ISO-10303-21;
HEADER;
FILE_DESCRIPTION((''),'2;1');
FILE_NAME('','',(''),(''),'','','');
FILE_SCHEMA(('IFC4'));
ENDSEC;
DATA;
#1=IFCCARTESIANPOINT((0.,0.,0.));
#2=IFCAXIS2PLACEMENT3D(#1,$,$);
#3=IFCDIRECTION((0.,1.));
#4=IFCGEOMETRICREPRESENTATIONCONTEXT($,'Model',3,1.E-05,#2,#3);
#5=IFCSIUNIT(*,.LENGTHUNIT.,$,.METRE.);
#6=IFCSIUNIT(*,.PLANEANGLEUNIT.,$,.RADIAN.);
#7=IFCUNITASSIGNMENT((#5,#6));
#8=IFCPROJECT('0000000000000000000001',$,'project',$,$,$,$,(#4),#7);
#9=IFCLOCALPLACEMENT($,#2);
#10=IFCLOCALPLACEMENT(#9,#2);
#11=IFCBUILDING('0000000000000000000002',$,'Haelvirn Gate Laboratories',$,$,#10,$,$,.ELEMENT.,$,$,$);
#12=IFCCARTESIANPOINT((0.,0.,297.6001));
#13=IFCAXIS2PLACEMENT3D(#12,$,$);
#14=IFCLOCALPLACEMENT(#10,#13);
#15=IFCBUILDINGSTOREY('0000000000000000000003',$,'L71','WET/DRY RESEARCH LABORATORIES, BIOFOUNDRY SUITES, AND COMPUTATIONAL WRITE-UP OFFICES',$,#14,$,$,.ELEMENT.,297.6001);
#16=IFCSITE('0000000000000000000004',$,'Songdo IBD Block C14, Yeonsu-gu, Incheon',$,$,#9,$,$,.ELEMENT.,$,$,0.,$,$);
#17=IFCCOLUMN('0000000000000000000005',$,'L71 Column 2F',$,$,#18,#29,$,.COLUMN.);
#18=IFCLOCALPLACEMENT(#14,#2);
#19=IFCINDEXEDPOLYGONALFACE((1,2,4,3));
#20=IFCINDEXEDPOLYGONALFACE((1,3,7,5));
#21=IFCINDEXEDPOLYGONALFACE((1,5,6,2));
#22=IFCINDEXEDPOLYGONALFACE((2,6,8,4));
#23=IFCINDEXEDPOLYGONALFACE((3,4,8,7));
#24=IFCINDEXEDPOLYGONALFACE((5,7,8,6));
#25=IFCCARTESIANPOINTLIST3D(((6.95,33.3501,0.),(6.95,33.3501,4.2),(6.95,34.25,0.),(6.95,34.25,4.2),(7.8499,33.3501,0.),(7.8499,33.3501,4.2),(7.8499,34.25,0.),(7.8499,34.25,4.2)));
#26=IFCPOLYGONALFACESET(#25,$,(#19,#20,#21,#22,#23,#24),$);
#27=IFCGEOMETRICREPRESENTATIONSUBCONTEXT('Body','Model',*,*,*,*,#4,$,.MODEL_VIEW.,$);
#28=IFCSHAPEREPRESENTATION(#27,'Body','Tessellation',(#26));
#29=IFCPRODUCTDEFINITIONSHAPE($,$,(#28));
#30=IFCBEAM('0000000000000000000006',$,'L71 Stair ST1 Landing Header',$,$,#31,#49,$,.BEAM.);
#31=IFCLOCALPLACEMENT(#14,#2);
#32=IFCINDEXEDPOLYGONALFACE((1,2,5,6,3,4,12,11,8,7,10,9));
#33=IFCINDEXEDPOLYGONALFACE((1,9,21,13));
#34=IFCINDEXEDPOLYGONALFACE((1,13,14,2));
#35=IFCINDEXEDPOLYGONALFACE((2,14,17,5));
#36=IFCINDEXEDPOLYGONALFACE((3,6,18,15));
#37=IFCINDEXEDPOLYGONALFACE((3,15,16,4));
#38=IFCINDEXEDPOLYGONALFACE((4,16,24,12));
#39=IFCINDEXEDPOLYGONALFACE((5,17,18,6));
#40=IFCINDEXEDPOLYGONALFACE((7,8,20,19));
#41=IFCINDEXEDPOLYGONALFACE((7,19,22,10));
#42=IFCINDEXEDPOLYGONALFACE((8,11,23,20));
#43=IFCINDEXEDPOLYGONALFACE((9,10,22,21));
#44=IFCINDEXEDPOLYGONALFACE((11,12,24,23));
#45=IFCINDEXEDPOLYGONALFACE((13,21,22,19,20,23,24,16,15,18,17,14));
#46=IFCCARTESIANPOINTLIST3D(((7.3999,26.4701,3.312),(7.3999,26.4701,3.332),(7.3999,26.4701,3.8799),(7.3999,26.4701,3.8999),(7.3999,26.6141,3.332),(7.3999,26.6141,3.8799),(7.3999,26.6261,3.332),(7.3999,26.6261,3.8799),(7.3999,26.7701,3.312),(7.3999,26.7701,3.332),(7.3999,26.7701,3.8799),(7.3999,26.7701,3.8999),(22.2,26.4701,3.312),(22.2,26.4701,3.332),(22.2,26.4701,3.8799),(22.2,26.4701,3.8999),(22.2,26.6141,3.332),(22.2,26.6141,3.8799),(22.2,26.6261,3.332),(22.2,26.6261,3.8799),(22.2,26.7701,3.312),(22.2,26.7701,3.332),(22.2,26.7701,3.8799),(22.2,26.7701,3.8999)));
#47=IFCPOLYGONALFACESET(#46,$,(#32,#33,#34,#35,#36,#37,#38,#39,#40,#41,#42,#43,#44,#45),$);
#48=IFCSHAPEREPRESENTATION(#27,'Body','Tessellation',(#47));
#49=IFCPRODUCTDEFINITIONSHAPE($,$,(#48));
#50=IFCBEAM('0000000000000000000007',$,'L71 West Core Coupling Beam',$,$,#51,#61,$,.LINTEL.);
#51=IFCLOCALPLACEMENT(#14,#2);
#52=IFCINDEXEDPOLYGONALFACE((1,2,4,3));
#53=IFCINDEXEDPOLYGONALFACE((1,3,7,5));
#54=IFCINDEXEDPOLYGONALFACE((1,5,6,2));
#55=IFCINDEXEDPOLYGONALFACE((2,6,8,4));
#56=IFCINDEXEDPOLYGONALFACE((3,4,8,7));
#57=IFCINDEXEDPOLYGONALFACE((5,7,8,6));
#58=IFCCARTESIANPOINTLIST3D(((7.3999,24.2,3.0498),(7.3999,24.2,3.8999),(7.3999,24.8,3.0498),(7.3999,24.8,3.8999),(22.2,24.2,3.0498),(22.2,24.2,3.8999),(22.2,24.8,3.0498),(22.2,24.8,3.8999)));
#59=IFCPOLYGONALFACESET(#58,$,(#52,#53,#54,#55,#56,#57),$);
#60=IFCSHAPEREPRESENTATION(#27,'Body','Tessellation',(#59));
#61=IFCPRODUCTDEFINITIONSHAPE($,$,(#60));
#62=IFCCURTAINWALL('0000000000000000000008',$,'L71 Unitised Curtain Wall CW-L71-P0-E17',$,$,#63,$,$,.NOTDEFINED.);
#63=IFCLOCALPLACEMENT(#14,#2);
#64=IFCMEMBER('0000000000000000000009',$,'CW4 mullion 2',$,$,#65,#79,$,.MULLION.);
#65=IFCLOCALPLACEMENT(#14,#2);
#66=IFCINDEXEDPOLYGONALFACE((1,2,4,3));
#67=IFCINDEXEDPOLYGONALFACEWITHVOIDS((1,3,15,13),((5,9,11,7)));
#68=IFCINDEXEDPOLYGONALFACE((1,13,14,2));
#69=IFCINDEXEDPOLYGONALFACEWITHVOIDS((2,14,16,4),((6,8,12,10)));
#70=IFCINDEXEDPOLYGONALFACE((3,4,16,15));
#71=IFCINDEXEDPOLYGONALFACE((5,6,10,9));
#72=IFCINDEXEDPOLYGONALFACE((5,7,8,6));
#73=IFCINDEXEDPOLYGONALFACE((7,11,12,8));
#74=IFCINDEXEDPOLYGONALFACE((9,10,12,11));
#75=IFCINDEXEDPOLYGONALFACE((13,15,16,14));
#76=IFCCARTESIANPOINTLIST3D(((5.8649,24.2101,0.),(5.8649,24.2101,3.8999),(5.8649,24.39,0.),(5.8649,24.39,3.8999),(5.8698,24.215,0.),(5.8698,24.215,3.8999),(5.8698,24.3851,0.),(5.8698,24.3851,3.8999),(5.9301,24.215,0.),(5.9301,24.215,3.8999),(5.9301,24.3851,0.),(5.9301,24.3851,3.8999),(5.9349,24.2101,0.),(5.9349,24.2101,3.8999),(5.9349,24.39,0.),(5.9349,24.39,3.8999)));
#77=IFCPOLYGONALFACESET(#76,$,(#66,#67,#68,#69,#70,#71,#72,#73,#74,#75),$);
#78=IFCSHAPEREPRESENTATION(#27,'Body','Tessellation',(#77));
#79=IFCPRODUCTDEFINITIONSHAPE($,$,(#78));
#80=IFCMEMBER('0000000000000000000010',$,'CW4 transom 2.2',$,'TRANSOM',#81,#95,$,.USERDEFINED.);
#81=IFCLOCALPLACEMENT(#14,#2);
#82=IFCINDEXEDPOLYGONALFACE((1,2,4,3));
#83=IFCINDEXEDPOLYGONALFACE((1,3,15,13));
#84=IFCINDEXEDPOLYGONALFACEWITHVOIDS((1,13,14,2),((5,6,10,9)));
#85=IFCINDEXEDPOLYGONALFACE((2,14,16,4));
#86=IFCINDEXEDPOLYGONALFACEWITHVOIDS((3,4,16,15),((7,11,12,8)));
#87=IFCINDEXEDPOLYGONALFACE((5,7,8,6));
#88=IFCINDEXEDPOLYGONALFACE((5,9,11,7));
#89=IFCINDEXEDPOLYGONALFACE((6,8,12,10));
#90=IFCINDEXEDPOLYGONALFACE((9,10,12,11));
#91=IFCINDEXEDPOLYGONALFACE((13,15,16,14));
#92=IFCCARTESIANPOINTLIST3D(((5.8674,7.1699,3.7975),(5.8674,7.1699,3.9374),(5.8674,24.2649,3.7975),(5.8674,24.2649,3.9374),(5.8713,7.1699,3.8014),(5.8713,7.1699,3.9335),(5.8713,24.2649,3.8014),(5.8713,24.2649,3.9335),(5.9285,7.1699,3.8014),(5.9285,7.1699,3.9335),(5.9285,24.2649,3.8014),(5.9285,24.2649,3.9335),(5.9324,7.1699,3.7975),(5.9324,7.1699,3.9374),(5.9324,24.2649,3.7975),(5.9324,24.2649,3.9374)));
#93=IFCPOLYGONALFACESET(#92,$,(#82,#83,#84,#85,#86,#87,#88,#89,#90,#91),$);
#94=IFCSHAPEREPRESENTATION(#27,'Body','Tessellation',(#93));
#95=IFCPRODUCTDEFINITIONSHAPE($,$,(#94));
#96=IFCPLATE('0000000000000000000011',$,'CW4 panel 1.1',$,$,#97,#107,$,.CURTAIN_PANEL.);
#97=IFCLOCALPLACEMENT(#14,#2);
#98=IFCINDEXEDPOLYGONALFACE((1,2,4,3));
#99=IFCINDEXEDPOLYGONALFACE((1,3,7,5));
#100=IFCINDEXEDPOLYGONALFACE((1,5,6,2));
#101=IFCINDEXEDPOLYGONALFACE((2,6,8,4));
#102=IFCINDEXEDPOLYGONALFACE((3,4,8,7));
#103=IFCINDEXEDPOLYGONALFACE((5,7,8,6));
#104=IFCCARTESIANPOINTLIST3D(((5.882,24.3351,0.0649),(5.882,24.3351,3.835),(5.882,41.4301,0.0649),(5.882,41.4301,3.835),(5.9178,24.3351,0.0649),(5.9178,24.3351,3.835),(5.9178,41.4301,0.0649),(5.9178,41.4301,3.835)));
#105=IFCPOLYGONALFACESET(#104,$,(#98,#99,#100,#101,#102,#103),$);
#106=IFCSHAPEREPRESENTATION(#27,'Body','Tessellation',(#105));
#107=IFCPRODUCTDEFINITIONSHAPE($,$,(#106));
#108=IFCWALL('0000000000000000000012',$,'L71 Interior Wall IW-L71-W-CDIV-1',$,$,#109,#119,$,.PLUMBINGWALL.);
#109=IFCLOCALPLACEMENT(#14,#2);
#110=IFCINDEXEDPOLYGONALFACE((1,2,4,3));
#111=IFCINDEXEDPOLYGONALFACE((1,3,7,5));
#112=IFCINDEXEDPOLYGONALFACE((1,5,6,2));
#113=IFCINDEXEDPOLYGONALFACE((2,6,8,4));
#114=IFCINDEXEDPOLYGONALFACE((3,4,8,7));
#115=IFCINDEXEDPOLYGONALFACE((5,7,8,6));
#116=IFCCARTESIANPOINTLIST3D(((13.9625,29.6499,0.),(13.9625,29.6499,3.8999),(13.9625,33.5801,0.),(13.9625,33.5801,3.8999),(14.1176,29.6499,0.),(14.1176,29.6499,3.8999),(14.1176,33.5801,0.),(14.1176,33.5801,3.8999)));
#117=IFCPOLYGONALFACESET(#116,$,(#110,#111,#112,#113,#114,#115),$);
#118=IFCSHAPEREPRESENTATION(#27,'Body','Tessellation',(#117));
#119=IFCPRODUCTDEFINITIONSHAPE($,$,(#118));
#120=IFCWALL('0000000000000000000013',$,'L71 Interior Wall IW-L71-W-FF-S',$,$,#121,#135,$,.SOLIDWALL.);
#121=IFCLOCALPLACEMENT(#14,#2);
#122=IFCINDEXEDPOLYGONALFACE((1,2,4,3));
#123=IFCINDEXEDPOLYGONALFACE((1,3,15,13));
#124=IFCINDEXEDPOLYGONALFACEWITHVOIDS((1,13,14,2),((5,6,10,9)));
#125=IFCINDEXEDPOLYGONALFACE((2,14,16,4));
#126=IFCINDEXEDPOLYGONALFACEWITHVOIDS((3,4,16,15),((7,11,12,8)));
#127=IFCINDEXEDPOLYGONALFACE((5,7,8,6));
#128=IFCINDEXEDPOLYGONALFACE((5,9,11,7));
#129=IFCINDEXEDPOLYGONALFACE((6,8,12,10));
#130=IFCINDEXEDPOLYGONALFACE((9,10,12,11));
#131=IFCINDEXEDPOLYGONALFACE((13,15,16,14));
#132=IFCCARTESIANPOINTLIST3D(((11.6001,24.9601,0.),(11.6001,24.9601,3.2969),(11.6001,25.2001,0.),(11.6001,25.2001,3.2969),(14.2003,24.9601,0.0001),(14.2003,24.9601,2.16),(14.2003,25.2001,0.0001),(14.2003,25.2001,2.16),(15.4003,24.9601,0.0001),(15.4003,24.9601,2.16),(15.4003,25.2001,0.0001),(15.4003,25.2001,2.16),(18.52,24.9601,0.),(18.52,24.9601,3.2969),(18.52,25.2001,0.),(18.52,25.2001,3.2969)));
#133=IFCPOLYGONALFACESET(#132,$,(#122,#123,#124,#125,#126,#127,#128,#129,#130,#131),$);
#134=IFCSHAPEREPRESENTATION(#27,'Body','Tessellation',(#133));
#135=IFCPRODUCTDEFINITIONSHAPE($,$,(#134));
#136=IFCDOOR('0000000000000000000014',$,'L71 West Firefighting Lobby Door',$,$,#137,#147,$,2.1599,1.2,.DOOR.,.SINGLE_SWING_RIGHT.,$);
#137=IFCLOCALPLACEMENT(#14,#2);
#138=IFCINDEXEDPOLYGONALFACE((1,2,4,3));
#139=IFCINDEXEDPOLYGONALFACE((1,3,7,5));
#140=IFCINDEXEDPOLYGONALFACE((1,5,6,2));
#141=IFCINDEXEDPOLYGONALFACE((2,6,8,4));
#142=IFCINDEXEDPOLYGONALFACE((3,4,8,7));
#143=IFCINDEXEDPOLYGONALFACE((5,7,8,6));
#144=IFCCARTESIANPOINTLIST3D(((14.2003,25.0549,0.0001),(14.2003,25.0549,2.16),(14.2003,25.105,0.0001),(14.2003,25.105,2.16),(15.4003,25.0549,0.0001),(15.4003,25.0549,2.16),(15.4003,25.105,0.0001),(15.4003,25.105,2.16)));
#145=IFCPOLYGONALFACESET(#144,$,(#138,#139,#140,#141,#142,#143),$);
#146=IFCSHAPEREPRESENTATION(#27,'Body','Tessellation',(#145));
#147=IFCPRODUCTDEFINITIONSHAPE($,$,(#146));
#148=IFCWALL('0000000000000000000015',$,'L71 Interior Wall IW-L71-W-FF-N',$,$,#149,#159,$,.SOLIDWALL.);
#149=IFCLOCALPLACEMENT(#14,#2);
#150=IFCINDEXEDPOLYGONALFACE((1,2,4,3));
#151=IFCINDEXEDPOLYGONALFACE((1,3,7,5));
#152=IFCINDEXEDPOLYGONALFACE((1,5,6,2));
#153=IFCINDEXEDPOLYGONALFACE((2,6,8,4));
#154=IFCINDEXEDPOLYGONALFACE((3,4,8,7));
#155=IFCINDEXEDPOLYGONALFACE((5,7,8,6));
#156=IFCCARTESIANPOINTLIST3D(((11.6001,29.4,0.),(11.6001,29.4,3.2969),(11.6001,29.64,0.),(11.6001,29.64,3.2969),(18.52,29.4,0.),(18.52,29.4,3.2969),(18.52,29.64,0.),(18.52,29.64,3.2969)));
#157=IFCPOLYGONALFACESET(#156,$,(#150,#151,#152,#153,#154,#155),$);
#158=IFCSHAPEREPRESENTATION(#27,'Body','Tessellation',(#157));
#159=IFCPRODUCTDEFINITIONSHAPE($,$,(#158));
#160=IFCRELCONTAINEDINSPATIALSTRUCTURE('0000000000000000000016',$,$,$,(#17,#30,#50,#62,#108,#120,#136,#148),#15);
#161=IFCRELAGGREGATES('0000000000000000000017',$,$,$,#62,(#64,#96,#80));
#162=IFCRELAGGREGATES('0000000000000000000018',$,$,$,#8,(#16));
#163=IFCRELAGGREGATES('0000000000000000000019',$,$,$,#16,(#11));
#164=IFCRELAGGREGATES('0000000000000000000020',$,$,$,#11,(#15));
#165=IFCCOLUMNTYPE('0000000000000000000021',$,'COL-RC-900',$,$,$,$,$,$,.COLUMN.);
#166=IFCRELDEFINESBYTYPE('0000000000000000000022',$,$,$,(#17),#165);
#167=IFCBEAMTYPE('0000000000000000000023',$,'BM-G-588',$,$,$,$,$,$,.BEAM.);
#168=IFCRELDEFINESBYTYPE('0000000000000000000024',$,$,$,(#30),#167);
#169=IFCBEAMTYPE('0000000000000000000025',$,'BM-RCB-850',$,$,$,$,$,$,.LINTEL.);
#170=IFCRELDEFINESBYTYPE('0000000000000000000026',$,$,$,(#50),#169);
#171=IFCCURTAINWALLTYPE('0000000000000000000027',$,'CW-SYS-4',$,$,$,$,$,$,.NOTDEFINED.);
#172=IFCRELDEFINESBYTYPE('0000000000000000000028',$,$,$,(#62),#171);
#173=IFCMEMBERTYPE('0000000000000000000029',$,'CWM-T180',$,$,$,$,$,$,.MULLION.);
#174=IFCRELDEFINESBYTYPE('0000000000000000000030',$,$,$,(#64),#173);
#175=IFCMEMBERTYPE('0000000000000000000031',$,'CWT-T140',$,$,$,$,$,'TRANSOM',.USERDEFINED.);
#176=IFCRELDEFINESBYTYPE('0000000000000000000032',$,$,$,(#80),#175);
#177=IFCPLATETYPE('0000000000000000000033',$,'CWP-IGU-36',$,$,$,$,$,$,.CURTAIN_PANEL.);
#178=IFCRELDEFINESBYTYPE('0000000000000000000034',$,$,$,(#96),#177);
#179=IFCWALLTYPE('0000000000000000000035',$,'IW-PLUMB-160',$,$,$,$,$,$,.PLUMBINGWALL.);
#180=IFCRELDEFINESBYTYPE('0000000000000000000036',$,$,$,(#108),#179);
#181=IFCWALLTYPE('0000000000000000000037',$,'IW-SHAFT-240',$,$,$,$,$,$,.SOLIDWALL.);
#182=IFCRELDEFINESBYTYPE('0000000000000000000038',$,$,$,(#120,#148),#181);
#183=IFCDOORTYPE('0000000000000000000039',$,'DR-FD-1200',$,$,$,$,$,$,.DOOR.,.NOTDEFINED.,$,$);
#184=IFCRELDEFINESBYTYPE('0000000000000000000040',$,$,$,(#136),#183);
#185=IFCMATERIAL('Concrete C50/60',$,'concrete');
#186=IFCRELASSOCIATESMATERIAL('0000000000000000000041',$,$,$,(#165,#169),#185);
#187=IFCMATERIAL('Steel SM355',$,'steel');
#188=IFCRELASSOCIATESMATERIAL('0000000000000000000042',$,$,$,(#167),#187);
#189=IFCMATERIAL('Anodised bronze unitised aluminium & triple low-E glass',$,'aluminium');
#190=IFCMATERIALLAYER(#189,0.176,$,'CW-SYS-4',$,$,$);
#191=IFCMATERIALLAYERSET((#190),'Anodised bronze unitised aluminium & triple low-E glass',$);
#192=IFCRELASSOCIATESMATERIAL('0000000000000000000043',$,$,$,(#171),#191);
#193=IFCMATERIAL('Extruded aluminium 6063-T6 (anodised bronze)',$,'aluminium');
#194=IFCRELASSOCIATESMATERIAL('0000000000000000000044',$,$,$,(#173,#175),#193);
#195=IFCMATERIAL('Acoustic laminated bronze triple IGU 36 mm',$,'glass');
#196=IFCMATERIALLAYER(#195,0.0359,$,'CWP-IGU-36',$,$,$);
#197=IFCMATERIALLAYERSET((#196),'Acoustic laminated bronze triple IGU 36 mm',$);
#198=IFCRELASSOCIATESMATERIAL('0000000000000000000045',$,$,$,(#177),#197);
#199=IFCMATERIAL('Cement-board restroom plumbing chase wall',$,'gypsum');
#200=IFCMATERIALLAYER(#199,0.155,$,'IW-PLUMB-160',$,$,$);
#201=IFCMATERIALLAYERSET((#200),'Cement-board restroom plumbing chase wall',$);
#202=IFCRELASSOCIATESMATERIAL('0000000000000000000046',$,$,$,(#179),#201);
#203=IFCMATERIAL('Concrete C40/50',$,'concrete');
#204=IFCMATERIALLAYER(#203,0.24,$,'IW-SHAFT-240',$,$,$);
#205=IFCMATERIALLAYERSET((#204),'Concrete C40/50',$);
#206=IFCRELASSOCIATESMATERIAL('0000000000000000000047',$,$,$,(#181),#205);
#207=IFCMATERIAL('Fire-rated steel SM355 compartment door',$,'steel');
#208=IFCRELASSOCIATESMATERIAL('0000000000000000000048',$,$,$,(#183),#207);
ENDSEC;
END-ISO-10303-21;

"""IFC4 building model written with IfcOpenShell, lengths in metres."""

from ifc_helpers import new_model, si_unit, direction, frame, frame_2d, origin, origin_2d, place, context, subcontext, project, spatial, rectangle, hollow_rectangle, i_section, extrude, source, transform, mapped, material, layer, layer_set, material_profile, profile_set, type_object, type_shapes, element, fill, aggregate, save


model = new_model("IFC4")

# Units and contexts
model_context = context("Model", 3, precision=1e-05, world=origin(), true_north=direction((0.0, 1.0)))
body_context = subcontext(model_context, "Body", "Model", "MODEL_VIEW")
ifc_project = project(units=[si_unit("LENGTHUNIT", "METRE"), si_unit("PLANEANGLEUNIT", "RADIAN")], contexts=[model_context])

# Site, building, storey
site_placement = place(None, origin())
site = spatial("IfcSite", under=ifc_project, at=site_placement, Name="Songdo IBD Block C14, Yeonsu-gu, Incheon", CompositionType="ELEMENT", RefElevation=0.0)
building_placement = place(site_placement, origin())
building = spatial("IfcBuilding", under=site, at=building_placement, Name="Haelvirn Gate Laboratories", CompositionType="ELEMENT")
storey_placement = place(building_placement, frame((0.0, 0.0, 297.6001)))
storey = spatial("IfcBuildingStorey", under=building, at=storey_placement, Name="L71", Description="WET/DRY RESEARCH LABORATORIES, BIOFOUNDRY SUITES, AND COMPUTATIONAL WRITE-UP OFFICES", CompositionType="ELEMENT", Elevation=297.6001)

# Column
ifc_material_1 = material(Name="Concrete C50/60", Category="concrete")
ifc_material_profile_1 = material_profile(ifc_material_1, rectangle(XDim=0.8999, YDim=0.8999, at=origin_2d()), Name="RC-900x900")
ifc_profile_set_1 = profile_set([ifc_material_profile_1], Name="Concrete C50/60")
column_type = type_object("IfcColumnType", Name="COL-RC-900", PredefinedType="COLUMN", material=ifc_profile_set_1)
shared_shape_1 = source(origin(), body_context, "Body", "SweptSolid", [
    extrude(rectangle(XDim=0.8999, YDim=0.8999, at=origin_2d()), origin(), (0.0, 0.0, 1.0), 4.2),
])
type_shapes(column_type, [shared_shape_1])
column_placement = place(storey_placement, frame((7.3999, 33.8, 0.0), z_axis=(0.0, 0.0, 1.0), x_axis=(1.0, 0.0, 0.0)))
element("IfcColumn", 1, at=column_placement, inside=storey, type_object=column_type, Name="L71 Column 2F", PredefinedType="COLUMN", context=body_context, shape_type="MappedRepresentation", body=[
    mapped(shared_shape_1, transform((0.0, 0.0, 0.0), scale=1.0)),
])

# Beams
ifc_material_2 = material(Name="Steel SM355", Category="steel")
ifc_material_profile_2 = material_profile(ifc_material_2, i_section(OverallWidth=0.3, OverallDepth=0.5879, WebThickness=0.012, FlangeThickness=0.02, at=origin_2d()), Name="H-588x300x12x20")
ifc_profile_set_2 = profile_set([ifc_material_profile_2], Name="Steel SM355")
beam_type_1 = type_object("IfcBeamType", Name="BM-G-588", PredefinedType="BEAM", material=ifc_profile_set_2)
shared_shape_2 = source(origin(), body_context, "Body", "SweptSolid", [
    extrude(i_section(OverallWidth=0.3, OverallDepth=0.5879, WebThickness=0.012, FlangeThickness=0.02, at=origin_2d()), origin(), (0.0, 0.0, 1.0), 14.8),
])
type_shapes(beam_type_1, [shared_shape_2])
beam_1_placement = place(storey_placement, frame((7.3999, 26.6201, 3.606), z_axis=(1.0, 0.0, 0.0), x_axis=(0.0, 1.0, 0.0)))
element("IfcBeam", 2, at=beam_1_placement, inside=storey, type_object=beam_type_1, Name="L71 Stair ST1 Landing Header", PredefinedType="BEAM", context=body_context, shape_type="MappedRepresentation", body=[
    mapped(shared_shape_2, transform((0.0, 0.0, 0.0), scale=1.0)),
])
ifc_material_profile_3 = material_profile(ifc_material_1, rectangle(XDim=0.6001, YDim=0.8501, at=origin_2d()), Name="RCB-600x850")
ifc_profile_set_3 = profile_set([ifc_material_profile_3], Name="Concrete C50/60")
beam_type_2 = type_object("IfcBeamType", Name="BM-RCB-850", PredefinedType="LINTEL", material=ifc_profile_set_3)
shared_shape_3 = source(origin(), body_context, "Body", "SweptSolid", [
    extrude(rectangle(XDim=0.6001, YDim=0.8501, at=origin_2d()), origin(), (0.0, 0.0, 1.0), 14.8),
])
type_shapes(beam_type_2, [shared_shape_3])
beam_2_placement = place(storey_placement, frame((7.3999, 24.5, 3.4749), z_axis=(1.0, 0.0, 0.0), x_axis=(0.0, 1.0, 0.0)))
element("IfcBeam", 3, at=beam_2_placement, inside=storey, type_object=beam_type_2, Name="L71 West Core Coupling Beam", PredefinedType="LINTEL", context=body_context, shape_type="MappedRepresentation", body=[
    mapped(shared_shape_3, transform((0.0, 0.0, 0.0), scale=1.0)),
])

# Curtain wall, members, plate
ifc_material_3 = material(Name="Anodised bronze unitised aluminium & triple low-E glass", Category="aluminium")
ifc_layer_1 = layer(ifc_material_3, 0.176, Name="CW-SYS-4")
ifc_layer_set_1 = layer_set([ifc_layer_1], Name="Anodised bronze unitised aluminium & triple low-E glass")
curtain_wall_type = type_object("IfcCurtainWallType", Name="CW-SYS-4", PredefinedType="NOTDEFINED", material=ifc_layer_set_1)
curtain_wall_placement = place(storey_placement, origin())
curtain_wall = element("IfcCurtainWall", 4, at=curtain_wall_placement, inside=storey, type_object=curtain_wall_type, Name="L71 Unitised Curtain Wall CW-L71-P0-E17", PredefinedType="NOTDEFINED")
ifc_material_4 = material(Name="Extruded aluminium 6063-T6 (anodised bronze)", Category="aluminium")
ifc_material_profile_4 = material_profile(ifc_material_4, hollow_rectangle(XDim=0.0701, YDim=0.1799, WallThickness=0.0049, at=origin_2d()), Name="CWM-180x70x5")
ifc_profile_set_4 = profile_set([ifc_material_profile_4], Name="Extruded aluminium 6063-T6 (anodised bronze)")
member_type_1 = type_object("IfcMemberType", Name="CWM-T180", PredefinedType="MULLION", material=ifc_profile_set_4)
shared_shape_4 = source(origin(), body_context, "Body", "SweptSolid", [
    extrude(hollow_rectangle(XDim=0.0701, YDim=0.1799, WallThickness=0.0049, at=origin_2d()), origin(), (0.0, 0.0, 1.0), 3.8999),
])
type_shapes(member_type_1, [shared_shape_4])
member_1_placement = place(storey_placement, frame((5.8999, 24.3, 0.0), z_axis=(0.0, 0.0, 1.0), x_axis=(1.0, 0.0, 0.0)))
member_1 = element("IfcMember", 5, at=member_1_placement, type_object=member_type_1, Name="CW4 mullion 2", PredefinedType="MULLION", context=body_context, shape_type="MappedRepresentation", body=[
    mapped(shared_shape_4, transform((0.0, 0.0, 0.0), scale=1.0)),
])
ifc_material_profile_5 = material_profile(ifc_material_4, hollow_rectangle(XDim=0.0649, YDim=0.1399, WallThickness=0.0039, at=origin_2d()), Name="CWT-140x65x4")
ifc_profile_set_5 = profile_set([ifc_material_profile_5], Name="Extruded aluminium 6063-T6 (anodised bronze)")
member_type_2 = type_object("IfcMemberType", Name="CWT-T140", ElementType="TRANSOM", PredefinedType="USERDEFINED", material=ifc_profile_set_5)
shared_shape_5 = source(origin(), body_context, "Body", "SweptSolid", [
    extrude(hollow_rectangle(XDim=0.0649, YDim=0.1399, WallThickness=0.0039, at=origin_2d()), origin(), (0.0, 0.0, 1.0), 17.095),
])
type_shapes(member_type_2, [shared_shape_5])
member_2_placement = place(storey_placement, frame((5.8999, 24.2649, 3.8674), z_axis=(0.0, -1.0, 0.0), x_axis=(1.0, 0.0, 0.0)))
member_2 = element("IfcMember", 6, at=member_2_placement, type_object=member_type_2, Name="CW4 transom 2.2", ObjectType="TRANSOM", PredefinedType="USERDEFINED", context=body_context, shape_type="MappedRepresentation", body=[
    mapped(shared_shape_5, transform((0.0, 0.0, 0.0), scale=1.0)),
])
ifc_material_5 = material(Name="Acoustic laminated bronze triple IGU 36 mm", Category="glass")
ifc_layer_2 = layer(ifc_material_5, 0.0359, Name="CWP-IGU-36")
ifc_layer_set_2 = layer_set([ifc_layer_2], Name="Acoustic laminated bronze triple IGU 36 mm")
plate_type = type_object("IfcPlateType", Name="CWP-IGU-36", PredefinedType="CURTAIN_PANEL", material=ifc_layer_set_2)
shared_shape_6 = source(origin(), body_context, "Body", "SweptSolid", [
    extrude(rectangle(XDim=17.095, YDim=0.0359, at=origin_2d()), origin(), (0.0, 0.0, 1.0), 3.77),
])
type_shapes(plate_type, [shared_shape_6])
plate_placement = place(storey_placement, frame((5.8999, 32.8826, 0.0649), z_axis=(0.0, 0.0, 1.0), x_axis=(0.0, -1.0, 0.0)))
plate = element("IfcPlate", 7, at=plate_placement, type_object=plate_type, Name="CW4 panel 1.1", PredefinedType="CURTAIN_PANEL", context=body_context, shape_type="MappedRepresentation", body=[
    mapped(shared_shape_6, transform((0.0, 0.0, 0.0), scale=1.0)),
])
aggregate(curtain_wall, [member_1, plate, member_2])

# Wall
ifc_material_6 = material(Name="Cement-board restroom plumbing chase wall", Category="gypsum")
ifc_layer_3 = layer(ifc_material_6, 0.155, Name="IW-PLUMB-160")
ifc_layer_set_3 = layer_set([ifc_layer_3], Name="Cement-board restroom plumbing chase wall")
wall_type_1 = type_object("IfcWallType", Name="IW-PLUMB-160", PredefinedType="PLUMBINGWALL", material=ifc_layer_set_3)
wall_1_placement = place(storey_placement, frame((14.04, 29.6499, 0.0), z_axis=(0.0, 0.0, 1.0), x_axis=(0.0, 1.0, 0.0)))
element("IfcWall", 8, at=wall_1_placement, inside=storey, type_object=wall_type_1, Name="L71 Interior Wall IW-L71-W-CDIV-1", PredefinedType="PLUMBINGWALL", context=body_context, shape_type="SweptSolid", body=[
    extrude(rectangle(XDim=3.9302, YDim=0.155, at=frame_2d((1.9651, 0.0))), origin(), (0.0, 0.0, 1.0), 3.8999),
])

# Wall, opening, door
ifc_material_7 = material(Name="Concrete C40/50", Category="concrete")
ifc_layer_4 = layer(ifc_material_7, 0.24, Name="IW-SHAFT-240")
ifc_layer_set_4 = layer_set([ifc_layer_4], Name="Concrete C40/50")
wall_type_2 = type_object("IfcWallType", Name="IW-SHAFT-240", PredefinedType="SOLIDWALL", material=ifc_layer_set_4)
wall_2_placement = place(storey_placement, frame((11.6001, 25.0801, 0.0), z_axis=(0.0, 0.0, 1.0), x_axis=(1.0, 0.0, 0.0)))
wall_2 = element("IfcWall", 9, at=wall_2_placement, inside=storey, type_object=wall_type_2, Name="L71 Interior Wall IW-L71-W-FF-S", PredefinedType="SOLIDWALL", context=body_context, shape_type="SweptSolid", body=[
    extrude(rectangle(XDim=6.9199, YDim=0.24, at=frame_2d((3.46, 0.0))), origin(), (0.0, 0.0, 1.0), 3.2969),
])
opening_1_placement = place(wall_2_placement, frame((2.6001, 0.0, 0.0)))
opening_1 = element("IfcOpeningElement", 10, at=opening_1_placement, cuts=wall_2, PredefinedType="OPENING", context=body_context, shape_type="SweptSolid", body=[
    extrude(rectangle(XDim=1.2, YDim=2.1599, at=frame_2d((0.6001, 1.0801))), frame((0.0, 0.1299, 0.0), z_axis=(0.0, -1.0, 0.0), x_axis=(1.0, 0.0, 0.0)), (0.0, 0.0, 1.0), 0.26),
])
ifc_material_8 = material(Name="Fire-rated steel SM355 compartment door", Category="steel")
door_type_1 = type_object("IfcDoorType", Name="DR-FD-1200", OperationType="NOTDEFINED", PredefinedType="DOOR", material=ifc_material_8)
shared_shape_7 = source(origin(), body_context, "Body", "SweptSolid", [
    extrude(rectangle(XDim=1.2, YDim=2.1599, at=frame_2d((0.6001, 1.0801))), frame((0.0, 0.0249, 0.0), z_axis=(0.0, -1.0, 0.0), x_axis=(1.0, 0.0, 0.0)), (0.0, 0.0, 1.0), 0.05),
])
type_shapes(door_type_1, [shared_shape_7])
door_1_placement = place(opening_1_placement, origin())
door_1 = element("IfcDoor", 11, at=door_1_placement, inside=storey, type_object=door_type_1, Name="L71 West Firefighting Lobby Door", OperationType="SINGLE_SWING_RIGHT", OverallHeight=2.1599, OverallWidth=1.2, PredefinedType="DOOR", context=body_context, shape_type="MappedRepresentation", body=[
    mapped(shared_shape_7, transform((0.0, 0.0, 0.0), scale=1.0)),
])
fill(opening_1, door_1)

# Wall
wall_3_placement = place(storey_placement, frame((11.6001, 29.52, 0.0), z_axis=(0.0, 0.0, 1.0), x_axis=(1.0, 0.0, 0.0)))
element("IfcWall", 12, at=wall_3_placement, inside=storey, type_object=wall_type_2, Name="L71 Interior Wall IW-L71-W-FF-N", PredefinedType="SOLIDWALL", context=body_context, shape_type="SweptSolid", body=[
    extrude(rectangle(XDim=6.9199, YDim=0.24, at=frame_2d((3.46, 0.0))), origin(), (0.0, 0.0, 1.0), 3.2969),
])

save(model, "model.ifc")
